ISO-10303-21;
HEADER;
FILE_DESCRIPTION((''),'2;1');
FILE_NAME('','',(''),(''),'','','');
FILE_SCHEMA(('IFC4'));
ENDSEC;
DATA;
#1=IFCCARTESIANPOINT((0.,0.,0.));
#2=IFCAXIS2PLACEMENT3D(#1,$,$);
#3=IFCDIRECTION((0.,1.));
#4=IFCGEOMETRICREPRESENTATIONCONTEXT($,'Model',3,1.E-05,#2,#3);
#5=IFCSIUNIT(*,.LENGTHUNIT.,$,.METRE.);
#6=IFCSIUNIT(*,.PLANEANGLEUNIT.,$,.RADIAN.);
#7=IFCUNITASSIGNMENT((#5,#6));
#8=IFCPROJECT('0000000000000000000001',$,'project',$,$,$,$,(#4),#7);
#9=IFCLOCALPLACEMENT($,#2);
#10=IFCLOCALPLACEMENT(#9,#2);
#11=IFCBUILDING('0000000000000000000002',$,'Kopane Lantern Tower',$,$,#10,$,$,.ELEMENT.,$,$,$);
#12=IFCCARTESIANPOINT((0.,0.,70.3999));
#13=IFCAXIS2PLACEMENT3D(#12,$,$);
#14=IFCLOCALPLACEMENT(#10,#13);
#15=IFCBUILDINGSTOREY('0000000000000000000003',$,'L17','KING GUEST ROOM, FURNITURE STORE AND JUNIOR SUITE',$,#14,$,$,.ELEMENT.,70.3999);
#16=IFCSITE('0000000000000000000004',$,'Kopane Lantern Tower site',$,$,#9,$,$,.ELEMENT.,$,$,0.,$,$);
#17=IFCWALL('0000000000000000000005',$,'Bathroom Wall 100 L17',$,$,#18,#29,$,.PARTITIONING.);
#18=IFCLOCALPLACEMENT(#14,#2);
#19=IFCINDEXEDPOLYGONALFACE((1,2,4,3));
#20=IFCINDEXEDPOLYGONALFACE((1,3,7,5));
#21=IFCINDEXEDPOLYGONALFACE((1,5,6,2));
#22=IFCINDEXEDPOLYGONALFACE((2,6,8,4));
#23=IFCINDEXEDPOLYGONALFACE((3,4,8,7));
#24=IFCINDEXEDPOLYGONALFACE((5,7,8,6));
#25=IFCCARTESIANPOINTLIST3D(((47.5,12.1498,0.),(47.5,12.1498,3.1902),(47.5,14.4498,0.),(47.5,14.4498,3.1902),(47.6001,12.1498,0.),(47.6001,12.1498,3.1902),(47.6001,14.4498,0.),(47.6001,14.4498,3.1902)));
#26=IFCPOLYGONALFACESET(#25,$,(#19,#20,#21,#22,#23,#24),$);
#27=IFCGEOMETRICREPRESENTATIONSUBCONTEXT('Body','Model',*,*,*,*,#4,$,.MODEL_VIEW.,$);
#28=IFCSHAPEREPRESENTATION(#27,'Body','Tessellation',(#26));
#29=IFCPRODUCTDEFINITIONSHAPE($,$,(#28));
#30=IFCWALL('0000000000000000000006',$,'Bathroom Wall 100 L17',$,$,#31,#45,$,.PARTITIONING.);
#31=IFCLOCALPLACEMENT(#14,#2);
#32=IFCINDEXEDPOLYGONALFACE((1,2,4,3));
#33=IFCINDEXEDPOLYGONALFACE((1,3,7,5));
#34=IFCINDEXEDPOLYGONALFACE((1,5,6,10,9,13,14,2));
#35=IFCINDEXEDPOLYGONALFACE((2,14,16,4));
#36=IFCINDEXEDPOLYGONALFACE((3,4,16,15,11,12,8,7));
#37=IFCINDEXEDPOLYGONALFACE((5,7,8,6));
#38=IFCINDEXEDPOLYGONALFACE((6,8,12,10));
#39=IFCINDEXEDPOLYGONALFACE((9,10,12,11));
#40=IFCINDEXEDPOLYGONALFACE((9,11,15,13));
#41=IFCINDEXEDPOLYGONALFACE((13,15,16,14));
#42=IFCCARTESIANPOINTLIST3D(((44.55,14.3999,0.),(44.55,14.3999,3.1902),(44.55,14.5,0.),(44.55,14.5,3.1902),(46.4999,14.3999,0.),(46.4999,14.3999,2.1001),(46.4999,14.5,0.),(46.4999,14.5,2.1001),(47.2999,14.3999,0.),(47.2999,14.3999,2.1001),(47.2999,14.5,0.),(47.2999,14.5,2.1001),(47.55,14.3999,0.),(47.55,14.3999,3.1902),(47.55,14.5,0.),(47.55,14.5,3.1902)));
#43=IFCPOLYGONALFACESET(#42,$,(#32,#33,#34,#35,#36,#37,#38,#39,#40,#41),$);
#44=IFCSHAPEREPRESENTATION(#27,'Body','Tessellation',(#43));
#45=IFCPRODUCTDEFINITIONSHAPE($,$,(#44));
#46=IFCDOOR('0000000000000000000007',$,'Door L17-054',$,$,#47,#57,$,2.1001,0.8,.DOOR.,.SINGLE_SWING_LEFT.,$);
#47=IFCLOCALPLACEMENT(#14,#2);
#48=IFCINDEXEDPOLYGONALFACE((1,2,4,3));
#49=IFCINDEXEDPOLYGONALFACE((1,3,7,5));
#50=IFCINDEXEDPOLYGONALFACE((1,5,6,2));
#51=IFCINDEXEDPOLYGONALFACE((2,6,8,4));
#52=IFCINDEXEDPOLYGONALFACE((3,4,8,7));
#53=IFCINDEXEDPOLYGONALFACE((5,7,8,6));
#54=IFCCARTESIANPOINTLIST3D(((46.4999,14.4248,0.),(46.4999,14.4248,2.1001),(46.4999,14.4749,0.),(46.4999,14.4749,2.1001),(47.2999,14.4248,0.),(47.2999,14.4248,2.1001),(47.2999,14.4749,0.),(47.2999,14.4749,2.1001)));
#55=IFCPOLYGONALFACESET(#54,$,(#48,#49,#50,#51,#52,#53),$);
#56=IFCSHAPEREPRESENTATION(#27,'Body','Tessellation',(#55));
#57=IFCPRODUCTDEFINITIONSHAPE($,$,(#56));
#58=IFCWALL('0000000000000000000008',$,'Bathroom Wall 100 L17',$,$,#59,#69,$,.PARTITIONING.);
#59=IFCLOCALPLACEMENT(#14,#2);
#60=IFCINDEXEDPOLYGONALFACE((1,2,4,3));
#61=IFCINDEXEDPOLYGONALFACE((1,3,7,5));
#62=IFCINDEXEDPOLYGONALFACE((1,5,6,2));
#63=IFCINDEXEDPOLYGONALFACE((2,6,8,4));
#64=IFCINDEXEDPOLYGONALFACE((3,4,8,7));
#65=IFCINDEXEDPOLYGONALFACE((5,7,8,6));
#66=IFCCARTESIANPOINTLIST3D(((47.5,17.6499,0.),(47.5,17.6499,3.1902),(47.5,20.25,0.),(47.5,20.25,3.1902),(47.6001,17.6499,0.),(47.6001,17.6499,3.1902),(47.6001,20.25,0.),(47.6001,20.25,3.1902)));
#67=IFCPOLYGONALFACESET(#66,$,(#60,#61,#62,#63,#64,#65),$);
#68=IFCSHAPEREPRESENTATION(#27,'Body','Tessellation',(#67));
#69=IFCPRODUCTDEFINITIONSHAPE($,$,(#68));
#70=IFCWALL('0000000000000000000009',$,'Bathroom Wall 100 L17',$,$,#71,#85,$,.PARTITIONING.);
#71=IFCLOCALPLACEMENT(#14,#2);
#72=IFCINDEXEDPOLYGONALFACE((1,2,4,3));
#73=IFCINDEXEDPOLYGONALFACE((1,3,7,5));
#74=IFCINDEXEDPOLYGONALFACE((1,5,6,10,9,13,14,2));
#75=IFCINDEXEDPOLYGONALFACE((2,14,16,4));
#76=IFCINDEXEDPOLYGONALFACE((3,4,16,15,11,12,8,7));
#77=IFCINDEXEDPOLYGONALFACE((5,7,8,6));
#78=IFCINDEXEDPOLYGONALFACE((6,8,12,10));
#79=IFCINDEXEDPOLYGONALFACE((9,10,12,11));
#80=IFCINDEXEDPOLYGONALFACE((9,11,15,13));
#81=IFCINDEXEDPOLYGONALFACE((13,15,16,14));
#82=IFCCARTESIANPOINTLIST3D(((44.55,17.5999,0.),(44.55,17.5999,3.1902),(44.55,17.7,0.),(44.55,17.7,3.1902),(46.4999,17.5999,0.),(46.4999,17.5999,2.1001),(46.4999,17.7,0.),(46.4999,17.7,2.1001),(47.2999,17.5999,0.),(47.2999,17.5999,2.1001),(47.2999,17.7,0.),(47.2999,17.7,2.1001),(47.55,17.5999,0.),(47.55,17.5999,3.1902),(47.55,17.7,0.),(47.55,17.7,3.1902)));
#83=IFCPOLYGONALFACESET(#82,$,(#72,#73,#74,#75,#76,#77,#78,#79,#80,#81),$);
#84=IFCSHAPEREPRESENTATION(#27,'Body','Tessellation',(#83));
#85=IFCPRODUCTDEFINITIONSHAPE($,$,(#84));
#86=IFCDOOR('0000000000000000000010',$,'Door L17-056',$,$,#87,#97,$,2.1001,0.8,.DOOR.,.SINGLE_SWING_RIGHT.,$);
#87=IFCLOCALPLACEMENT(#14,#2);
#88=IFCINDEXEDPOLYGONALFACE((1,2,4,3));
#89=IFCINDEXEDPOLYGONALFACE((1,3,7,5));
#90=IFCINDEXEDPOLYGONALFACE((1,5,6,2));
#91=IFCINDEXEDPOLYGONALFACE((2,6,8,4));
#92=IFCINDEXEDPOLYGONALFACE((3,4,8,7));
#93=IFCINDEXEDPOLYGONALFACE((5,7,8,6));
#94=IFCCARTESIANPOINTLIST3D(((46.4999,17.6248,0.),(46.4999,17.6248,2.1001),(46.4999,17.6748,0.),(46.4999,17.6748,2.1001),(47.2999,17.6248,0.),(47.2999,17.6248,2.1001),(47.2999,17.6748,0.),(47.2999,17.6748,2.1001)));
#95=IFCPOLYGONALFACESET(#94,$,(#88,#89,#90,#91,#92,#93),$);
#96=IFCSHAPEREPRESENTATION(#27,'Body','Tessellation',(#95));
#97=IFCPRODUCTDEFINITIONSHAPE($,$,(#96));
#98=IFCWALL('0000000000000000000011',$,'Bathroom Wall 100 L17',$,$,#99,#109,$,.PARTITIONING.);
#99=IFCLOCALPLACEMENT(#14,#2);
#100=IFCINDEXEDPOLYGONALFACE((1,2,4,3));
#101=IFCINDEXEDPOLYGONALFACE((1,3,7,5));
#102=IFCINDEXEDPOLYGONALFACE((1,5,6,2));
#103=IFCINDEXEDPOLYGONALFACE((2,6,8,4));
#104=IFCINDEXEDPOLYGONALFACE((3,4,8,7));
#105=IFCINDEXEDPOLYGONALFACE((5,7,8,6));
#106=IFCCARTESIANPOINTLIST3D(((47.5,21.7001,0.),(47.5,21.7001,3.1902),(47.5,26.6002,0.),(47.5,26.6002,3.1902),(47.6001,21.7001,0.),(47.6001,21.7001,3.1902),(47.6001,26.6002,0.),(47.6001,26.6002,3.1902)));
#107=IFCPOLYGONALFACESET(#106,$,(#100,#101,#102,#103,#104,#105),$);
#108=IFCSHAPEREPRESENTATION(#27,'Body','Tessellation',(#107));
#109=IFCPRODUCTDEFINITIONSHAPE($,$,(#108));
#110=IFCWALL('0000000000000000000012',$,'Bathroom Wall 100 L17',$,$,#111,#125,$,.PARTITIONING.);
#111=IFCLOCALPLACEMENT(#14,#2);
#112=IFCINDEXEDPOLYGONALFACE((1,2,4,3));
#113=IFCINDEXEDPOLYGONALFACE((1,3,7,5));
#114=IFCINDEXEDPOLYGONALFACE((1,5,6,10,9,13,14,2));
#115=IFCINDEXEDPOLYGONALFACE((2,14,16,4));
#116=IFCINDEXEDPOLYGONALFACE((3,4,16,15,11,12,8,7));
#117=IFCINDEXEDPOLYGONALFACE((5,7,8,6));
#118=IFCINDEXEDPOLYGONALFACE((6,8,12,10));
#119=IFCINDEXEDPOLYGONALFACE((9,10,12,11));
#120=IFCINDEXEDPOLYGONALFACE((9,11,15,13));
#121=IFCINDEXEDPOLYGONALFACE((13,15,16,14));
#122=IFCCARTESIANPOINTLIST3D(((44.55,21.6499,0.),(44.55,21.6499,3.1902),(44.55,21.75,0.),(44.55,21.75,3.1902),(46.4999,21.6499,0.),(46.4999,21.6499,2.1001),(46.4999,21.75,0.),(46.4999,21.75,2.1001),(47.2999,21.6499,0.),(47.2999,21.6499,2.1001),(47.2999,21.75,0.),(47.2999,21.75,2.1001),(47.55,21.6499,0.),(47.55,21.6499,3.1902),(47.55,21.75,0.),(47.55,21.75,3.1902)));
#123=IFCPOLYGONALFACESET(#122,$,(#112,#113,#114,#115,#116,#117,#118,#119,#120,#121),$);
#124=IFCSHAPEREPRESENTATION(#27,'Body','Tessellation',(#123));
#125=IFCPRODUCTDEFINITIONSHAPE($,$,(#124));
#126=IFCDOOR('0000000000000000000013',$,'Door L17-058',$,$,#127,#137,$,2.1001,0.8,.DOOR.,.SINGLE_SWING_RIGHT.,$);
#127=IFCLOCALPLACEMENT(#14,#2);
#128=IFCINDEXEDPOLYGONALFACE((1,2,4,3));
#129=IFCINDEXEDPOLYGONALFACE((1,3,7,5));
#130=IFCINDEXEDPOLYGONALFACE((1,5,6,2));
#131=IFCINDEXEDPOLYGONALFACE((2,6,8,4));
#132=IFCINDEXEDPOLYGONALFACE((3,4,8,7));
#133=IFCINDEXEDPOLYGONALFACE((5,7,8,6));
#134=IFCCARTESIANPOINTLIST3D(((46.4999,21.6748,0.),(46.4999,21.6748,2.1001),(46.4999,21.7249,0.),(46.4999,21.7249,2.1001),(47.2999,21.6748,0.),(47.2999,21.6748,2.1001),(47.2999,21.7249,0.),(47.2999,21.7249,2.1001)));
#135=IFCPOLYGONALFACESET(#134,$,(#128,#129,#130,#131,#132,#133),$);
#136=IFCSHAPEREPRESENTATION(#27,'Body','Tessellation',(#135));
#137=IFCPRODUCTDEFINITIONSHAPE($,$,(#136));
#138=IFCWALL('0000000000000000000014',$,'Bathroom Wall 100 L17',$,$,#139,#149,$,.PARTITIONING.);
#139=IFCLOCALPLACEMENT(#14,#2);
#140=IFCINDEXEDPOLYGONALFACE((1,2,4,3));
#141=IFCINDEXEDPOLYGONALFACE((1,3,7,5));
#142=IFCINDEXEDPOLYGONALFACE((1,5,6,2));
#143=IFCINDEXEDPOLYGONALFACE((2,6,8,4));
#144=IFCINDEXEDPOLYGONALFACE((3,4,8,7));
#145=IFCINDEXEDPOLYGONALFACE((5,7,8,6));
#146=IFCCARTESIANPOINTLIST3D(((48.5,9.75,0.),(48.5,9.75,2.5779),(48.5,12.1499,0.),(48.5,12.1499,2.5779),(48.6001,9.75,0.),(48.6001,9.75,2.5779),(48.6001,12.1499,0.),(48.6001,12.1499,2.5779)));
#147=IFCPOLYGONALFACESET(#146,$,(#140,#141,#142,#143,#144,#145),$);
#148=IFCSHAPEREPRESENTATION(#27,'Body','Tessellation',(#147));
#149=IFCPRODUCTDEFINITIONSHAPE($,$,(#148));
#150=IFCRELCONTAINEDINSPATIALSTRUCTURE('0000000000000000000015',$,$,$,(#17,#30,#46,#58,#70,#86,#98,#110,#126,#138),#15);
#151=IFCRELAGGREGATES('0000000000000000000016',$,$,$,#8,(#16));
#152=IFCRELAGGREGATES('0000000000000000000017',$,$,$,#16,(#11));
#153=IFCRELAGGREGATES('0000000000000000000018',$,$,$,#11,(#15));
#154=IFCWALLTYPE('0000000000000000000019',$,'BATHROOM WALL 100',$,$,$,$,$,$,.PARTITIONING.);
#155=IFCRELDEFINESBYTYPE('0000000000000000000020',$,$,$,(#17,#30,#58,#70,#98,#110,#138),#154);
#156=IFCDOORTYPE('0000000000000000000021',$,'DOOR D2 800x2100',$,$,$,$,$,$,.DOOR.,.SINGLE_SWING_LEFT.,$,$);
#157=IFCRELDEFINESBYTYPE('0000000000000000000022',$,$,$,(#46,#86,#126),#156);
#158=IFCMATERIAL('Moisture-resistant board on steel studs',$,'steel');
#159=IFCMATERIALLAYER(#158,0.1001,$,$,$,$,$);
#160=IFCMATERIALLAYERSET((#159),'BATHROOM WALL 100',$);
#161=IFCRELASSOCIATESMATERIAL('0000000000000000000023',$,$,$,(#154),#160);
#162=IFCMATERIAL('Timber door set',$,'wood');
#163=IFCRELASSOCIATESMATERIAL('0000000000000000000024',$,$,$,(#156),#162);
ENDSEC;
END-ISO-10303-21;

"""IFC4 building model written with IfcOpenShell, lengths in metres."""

from ifc_helpers import new_model, si_unit, direction, frame, frame_2d, origin, place, context, subcontext, project, spatial, rectangle, extrude, material, layer, layer_set, type_object, element, fill, save


model = new_model("IFC4")

# Units and contexts
model_context = context("Model", 3, precision=1e-05, world=origin(), true_north=direction((0.0, 1.0)))
body_context = subcontext(model_context, "Body", "Model", "MODEL_VIEW")
ifc_project = project(units=[si_unit("LENGTHUNIT", "METRE"), si_unit("PLANEANGLEUNIT", "RADIAN")], contexts=[model_context])

# Site, building, storey
site_placement = place(None, origin())
site = spatial("IfcSite", under=ifc_project, at=site_placement, Name="Kopane Lantern Tower site", CompositionType="ELEMENT", RefElevation=0.0)
building_placement = place(site_placement, origin())
building = spatial("IfcBuilding", under=site, at=building_placement, Name="Kopane Lantern Tower", CompositionType="ELEMENT")
storey_placement = place(building_placement, frame((0.0, 0.0, 70.3999)))
storey = spatial("IfcBuildingStorey", under=building, at=storey_placement, Name="L17", Description="KING GUEST ROOM, FURNITURE STORE AND JUNIOR SUITE", CompositionType="ELEMENT", Elevation=70.3999)

# Wall
ifc_material_1 = material(Name="Moisture-resistant board on steel studs", Category="steel")
ifc_layer_1 = layer(ifc_material_1, 0.1001)
ifc_layer_set_1 = layer_set([ifc_layer_1], Name="BATHROOM WALL 100")
wall_type_1 = type_object("IfcWallType", Name="BATHROOM WALL 100", PredefinedType="PARTITIONING", material=ifc_layer_set_1)
wall_1_placement = place(storey_placement, frame((47.55, 12.1499, 0.0), z_axis=(0.0, 0.0, 1.0), x_axis=(0.0, 1.0, 0.0)))
element("IfcWall", 1, at=wall_1_placement, inside=storey, type_object=wall_type_1, Name="Bathroom Wall 100 L17", PredefinedType="PARTITIONING", context=body_context, shape_type="SweptSolid", body=[
    extrude(rectangle(XDim=2.3, YDim=0.1001, at=frame_2d((1.1499, 0.0))), origin(), (0.0, 0.0, 1.0), 3.1902),
])

# Wall, opening, door
wall_2_placement = place(storey_placement, frame((44.55, 14.45, 0.0), z_axis=(0.0, 0.0, 1.0), x_axis=(1.0, 0.0, 0.0)))
wall_2 = element("IfcWall", 2, at=wall_2_placement, inside=storey, type_object=wall_type_1, Name="Bathroom Wall 100 L17", PredefinedType="PARTITIONING", context=body_context, shape_type="SweptSolid", body=[
    extrude(rectangle(XDim=3.0, YDim=0.1001, at=frame_2d((1.5, 0.0))), origin(), (0.0, 0.0, 1.0), 3.1902),
])
opening_1_placement = place(wall_2_placement, frame((1.95, 0.0, 0.0)))
opening_1 = element("IfcOpeningElement", 3, at=opening_1_placement, cuts=wall_2, PredefinedType="OPENING", context=body_context, shape_type="SweptSolid", body=[
    extrude(rectangle(XDim=0.8, YDim=2.1001, at=frame_2d((0.3999, 1.05))), frame((0.0, 0.0601, 0.0), z_axis=(0.0, -1.0, 0.0), x_axis=(1.0, 0.0, 0.0)), (0.0, 0.0, 1.0), 0.1201),
])
ifc_material_2 = material(Name="Timber door set", Category="wood")
door_type_1 = type_object("IfcDoorType", Name="DOOR D2 800x2100", OperationType="SINGLE_SWING_LEFT", PredefinedType="DOOR", material=ifc_material_2)
door_1_placement = place(opening_1_placement, origin())
door_1 = element("IfcDoor", 4, at=door_1_placement, inside=storey, type_object=door_type_1, Name="Door L17-054", OperationType="SINGLE_SWING_LEFT", OverallHeight=2.1001, OverallWidth=0.8, PredefinedType="DOOR", context=body_context, shape_type="SweptSolid", body=[
    extrude(rectangle(XDim=0.8, YDim=2.1001, at=frame_2d((0.3999, 1.05))), frame((0.0, 0.0249, 0.0), z_axis=(0.0, -1.0, 0.0), x_axis=(1.0, 0.0, 0.0)), (0.0, 0.0, 1.0), 0.05),
])
fill(opening_1, door_1)

# Wall
wall_3_placement = place(storey_placement, frame((47.55, 17.6499, 0.0), z_axis=(0.0, 0.0, 1.0), x_axis=(0.0, 1.0, 0.0)))
element("IfcWall", 5, at=wall_3_placement, inside=storey, type_object=wall_type_1, Name="Bathroom Wall 100 L17", PredefinedType="PARTITIONING", context=body_context, shape_type="SweptSolid", body=[
    extrude(rectangle(XDim=2.6001, YDim=0.1001, at=frame_2d((1.3, 0.0))), origin(), (0.0, 0.0, 1.0), 3.1902),
])

# Wall, opening, door
wall_4_placement = place(storey_placement, frame((44.55, 17.6499, 0.0), z_axis=(0.0, 0.0, 1.0), x_axis=(1.0, 0.0, 0.0)))
wall_4 = element("IfcWall", 6, at=wall_4_placement, inside=storey, type_object=wall_type_1, Name="Bathroom Wall 100 L17", PredefinedType="PARTITIONING", context=body_context, shape_type="SweptSolid", body=[
    extrude(rectangle(XDim=3.0, YDim=0.1001, at=frame_2d((1.5, 0.0))), origin(), (0.0, 0.0, 1.0), 3.1902),
])
opening_2_placement = place(wall_4_placement, frame((1.95, 0.0, 0.0)))
opening_2 = element("IfcOpeningElement", 7, at=opening_2_placement, cuts=wall_4, PredefinedType="OPENING", context=body_context, shape_type="SweptSolid", body=[
    extrude(rectangle(XDim=0.8, YDim=2.1001, at=frame_2d((0.3999, 1.05))), frame((0.0, 0.0601, 0.0), z_axis=(0.0, -1.0, 0.0), x_axis=(1.0, 0.0, 0.0)), (0.0, 0.0, 1.0), 0.1201),
])
door_2_placement = place(opening_2_placement, origin())
door_2 = element("IfcDoor", 8, at=door_2_placement, inside=storey, type_object=door_type_1, Name="Door L17-056", OperationType="SINGLE_SWING_RIGHT", OverallHeight=2.1001, OverallWidth=0.8, PredefinedType="DOOR", context=body_context, shape_type="SweptSolid", body=[
    extrude(rectangle(XDim=0.8, YDim=2.1001, at=frame_2d((0.3999, 1.05))), frame((0.0, 0.0249, 0.0), z_axis=(0.0, -1.0, 0.0), x_axis=(1.0, 0.0, 0.0)), (0.0, 0.0, 1.0), 0.05),
])
fill(opening_2, door_2)

# Wall
wall_5_placement = place(storey_placement, frame((47.55, 21.7, 0.0), z_axis=(0.0, 0.0, 1.0), x_axis=(0.0, 1.0, 0.0)))
element("IfcWall", 9, at=wall_5_placement, inside=storey, type_object=wall_type_1, Name="Bathroom Wall 100 L17", PredefinedType="PARTITIONING", context=body_context, shape_type="SweptSolid", body=[
    extrude(rectangle(XDim=4.9001, YDim=0.1001, at=frame_2d((2.4502, 0.0))), origin(), (0.0, 0.0, 1.0), 3.1902),
])

# Wall, opening, door
wall_6_placement = place(storey_placement, frame((44.55, 21.7, 0.0), z_axis=(0.0, 0.0, 1.0), x_axis=(1.0, 0.0, 0.0)))
wall_6 = element("IfcWall", 10, at=wall_6_placement, inside=storey, type_object=wall_type_1, Name="Bathroom Wall 100 L17", PredefinedType="PARTITIONING", context=body_context, shape_type="SweptSolid", body=[
    extrude(rectangle(XDim=3.0, YDim=0.1001, at=frame_2d((1.5, 0.0))), origin(), (0.0, 0.0, 1.0), 3.1902),
])
opening_3_placement = place(wall_6_placement, frame((1.95, 0.0, 0.0)))
opening_3 = element("IfcOpeningElement", 11, at=opening_3_placement, cuts=wall_6, PredefinedType="OPENING", context=body_context, shape_type="SweptSolid", body=[
    extrude(rectangle(XDim=0.8, YDim=2.1001, at=frame_2d((0.3999, 1.05))), frame((0.0, 0.0601, 0.0), z_axis=(0.0, -1.0, 0.0), x_axis=(1.0, 0.0, 0.0)), (0.0, 0.0, 1.0), 0.1201),
])
door_3_placement = place(opening_3_placement, origin())
door_3 = element("IfcDoor", 12, at=door_3_placement, inside=storey, type_object=door_type_1, Name="Door L17-058", OperationType="SINGLE_SWING_RIGHT", OverallHeight=2.1001, OverallWidth=0.8, PredefinedType="DOOR", context=body_context, shape_type="SweptSolid", body=[
    extrude(rectangle(XDim=0.8, YDim=2.1001, at=frame_2d((0.3999, 1.05))), frame((0.0, 0.0249, 0.0), z_axis=(0.0, -1.0, 0.0), x_axis=(1.0, 0.0, 0.0)), (0.0, 0.0, 1.0), 0.05),
])
fill(opening_3, door_3)

# Wall
wall_7_placement = place(storey_placement, frame((48.55, 12.1499, 0.0), z_axis=(0.0, 0.0, 1.0), x_axis=(0.0, -1.0, 0.0)))
element("IfcWall", 13, at=wall_7_placement, inside=storey, type_object=wall_type_1, Name="Bathroom Wall 100 L17", PredefinedType="PARTITIONING", context=body_context, shape_type="SweptSolid", body=[
    extrude(rectangle(XDim=2.3999, YDim=0.1001, at=frame_2d((1.2, 0.0))), origin(), (0.0, 0.0, 1.0), 2.5779),
])

save(model, "model.ifc")
